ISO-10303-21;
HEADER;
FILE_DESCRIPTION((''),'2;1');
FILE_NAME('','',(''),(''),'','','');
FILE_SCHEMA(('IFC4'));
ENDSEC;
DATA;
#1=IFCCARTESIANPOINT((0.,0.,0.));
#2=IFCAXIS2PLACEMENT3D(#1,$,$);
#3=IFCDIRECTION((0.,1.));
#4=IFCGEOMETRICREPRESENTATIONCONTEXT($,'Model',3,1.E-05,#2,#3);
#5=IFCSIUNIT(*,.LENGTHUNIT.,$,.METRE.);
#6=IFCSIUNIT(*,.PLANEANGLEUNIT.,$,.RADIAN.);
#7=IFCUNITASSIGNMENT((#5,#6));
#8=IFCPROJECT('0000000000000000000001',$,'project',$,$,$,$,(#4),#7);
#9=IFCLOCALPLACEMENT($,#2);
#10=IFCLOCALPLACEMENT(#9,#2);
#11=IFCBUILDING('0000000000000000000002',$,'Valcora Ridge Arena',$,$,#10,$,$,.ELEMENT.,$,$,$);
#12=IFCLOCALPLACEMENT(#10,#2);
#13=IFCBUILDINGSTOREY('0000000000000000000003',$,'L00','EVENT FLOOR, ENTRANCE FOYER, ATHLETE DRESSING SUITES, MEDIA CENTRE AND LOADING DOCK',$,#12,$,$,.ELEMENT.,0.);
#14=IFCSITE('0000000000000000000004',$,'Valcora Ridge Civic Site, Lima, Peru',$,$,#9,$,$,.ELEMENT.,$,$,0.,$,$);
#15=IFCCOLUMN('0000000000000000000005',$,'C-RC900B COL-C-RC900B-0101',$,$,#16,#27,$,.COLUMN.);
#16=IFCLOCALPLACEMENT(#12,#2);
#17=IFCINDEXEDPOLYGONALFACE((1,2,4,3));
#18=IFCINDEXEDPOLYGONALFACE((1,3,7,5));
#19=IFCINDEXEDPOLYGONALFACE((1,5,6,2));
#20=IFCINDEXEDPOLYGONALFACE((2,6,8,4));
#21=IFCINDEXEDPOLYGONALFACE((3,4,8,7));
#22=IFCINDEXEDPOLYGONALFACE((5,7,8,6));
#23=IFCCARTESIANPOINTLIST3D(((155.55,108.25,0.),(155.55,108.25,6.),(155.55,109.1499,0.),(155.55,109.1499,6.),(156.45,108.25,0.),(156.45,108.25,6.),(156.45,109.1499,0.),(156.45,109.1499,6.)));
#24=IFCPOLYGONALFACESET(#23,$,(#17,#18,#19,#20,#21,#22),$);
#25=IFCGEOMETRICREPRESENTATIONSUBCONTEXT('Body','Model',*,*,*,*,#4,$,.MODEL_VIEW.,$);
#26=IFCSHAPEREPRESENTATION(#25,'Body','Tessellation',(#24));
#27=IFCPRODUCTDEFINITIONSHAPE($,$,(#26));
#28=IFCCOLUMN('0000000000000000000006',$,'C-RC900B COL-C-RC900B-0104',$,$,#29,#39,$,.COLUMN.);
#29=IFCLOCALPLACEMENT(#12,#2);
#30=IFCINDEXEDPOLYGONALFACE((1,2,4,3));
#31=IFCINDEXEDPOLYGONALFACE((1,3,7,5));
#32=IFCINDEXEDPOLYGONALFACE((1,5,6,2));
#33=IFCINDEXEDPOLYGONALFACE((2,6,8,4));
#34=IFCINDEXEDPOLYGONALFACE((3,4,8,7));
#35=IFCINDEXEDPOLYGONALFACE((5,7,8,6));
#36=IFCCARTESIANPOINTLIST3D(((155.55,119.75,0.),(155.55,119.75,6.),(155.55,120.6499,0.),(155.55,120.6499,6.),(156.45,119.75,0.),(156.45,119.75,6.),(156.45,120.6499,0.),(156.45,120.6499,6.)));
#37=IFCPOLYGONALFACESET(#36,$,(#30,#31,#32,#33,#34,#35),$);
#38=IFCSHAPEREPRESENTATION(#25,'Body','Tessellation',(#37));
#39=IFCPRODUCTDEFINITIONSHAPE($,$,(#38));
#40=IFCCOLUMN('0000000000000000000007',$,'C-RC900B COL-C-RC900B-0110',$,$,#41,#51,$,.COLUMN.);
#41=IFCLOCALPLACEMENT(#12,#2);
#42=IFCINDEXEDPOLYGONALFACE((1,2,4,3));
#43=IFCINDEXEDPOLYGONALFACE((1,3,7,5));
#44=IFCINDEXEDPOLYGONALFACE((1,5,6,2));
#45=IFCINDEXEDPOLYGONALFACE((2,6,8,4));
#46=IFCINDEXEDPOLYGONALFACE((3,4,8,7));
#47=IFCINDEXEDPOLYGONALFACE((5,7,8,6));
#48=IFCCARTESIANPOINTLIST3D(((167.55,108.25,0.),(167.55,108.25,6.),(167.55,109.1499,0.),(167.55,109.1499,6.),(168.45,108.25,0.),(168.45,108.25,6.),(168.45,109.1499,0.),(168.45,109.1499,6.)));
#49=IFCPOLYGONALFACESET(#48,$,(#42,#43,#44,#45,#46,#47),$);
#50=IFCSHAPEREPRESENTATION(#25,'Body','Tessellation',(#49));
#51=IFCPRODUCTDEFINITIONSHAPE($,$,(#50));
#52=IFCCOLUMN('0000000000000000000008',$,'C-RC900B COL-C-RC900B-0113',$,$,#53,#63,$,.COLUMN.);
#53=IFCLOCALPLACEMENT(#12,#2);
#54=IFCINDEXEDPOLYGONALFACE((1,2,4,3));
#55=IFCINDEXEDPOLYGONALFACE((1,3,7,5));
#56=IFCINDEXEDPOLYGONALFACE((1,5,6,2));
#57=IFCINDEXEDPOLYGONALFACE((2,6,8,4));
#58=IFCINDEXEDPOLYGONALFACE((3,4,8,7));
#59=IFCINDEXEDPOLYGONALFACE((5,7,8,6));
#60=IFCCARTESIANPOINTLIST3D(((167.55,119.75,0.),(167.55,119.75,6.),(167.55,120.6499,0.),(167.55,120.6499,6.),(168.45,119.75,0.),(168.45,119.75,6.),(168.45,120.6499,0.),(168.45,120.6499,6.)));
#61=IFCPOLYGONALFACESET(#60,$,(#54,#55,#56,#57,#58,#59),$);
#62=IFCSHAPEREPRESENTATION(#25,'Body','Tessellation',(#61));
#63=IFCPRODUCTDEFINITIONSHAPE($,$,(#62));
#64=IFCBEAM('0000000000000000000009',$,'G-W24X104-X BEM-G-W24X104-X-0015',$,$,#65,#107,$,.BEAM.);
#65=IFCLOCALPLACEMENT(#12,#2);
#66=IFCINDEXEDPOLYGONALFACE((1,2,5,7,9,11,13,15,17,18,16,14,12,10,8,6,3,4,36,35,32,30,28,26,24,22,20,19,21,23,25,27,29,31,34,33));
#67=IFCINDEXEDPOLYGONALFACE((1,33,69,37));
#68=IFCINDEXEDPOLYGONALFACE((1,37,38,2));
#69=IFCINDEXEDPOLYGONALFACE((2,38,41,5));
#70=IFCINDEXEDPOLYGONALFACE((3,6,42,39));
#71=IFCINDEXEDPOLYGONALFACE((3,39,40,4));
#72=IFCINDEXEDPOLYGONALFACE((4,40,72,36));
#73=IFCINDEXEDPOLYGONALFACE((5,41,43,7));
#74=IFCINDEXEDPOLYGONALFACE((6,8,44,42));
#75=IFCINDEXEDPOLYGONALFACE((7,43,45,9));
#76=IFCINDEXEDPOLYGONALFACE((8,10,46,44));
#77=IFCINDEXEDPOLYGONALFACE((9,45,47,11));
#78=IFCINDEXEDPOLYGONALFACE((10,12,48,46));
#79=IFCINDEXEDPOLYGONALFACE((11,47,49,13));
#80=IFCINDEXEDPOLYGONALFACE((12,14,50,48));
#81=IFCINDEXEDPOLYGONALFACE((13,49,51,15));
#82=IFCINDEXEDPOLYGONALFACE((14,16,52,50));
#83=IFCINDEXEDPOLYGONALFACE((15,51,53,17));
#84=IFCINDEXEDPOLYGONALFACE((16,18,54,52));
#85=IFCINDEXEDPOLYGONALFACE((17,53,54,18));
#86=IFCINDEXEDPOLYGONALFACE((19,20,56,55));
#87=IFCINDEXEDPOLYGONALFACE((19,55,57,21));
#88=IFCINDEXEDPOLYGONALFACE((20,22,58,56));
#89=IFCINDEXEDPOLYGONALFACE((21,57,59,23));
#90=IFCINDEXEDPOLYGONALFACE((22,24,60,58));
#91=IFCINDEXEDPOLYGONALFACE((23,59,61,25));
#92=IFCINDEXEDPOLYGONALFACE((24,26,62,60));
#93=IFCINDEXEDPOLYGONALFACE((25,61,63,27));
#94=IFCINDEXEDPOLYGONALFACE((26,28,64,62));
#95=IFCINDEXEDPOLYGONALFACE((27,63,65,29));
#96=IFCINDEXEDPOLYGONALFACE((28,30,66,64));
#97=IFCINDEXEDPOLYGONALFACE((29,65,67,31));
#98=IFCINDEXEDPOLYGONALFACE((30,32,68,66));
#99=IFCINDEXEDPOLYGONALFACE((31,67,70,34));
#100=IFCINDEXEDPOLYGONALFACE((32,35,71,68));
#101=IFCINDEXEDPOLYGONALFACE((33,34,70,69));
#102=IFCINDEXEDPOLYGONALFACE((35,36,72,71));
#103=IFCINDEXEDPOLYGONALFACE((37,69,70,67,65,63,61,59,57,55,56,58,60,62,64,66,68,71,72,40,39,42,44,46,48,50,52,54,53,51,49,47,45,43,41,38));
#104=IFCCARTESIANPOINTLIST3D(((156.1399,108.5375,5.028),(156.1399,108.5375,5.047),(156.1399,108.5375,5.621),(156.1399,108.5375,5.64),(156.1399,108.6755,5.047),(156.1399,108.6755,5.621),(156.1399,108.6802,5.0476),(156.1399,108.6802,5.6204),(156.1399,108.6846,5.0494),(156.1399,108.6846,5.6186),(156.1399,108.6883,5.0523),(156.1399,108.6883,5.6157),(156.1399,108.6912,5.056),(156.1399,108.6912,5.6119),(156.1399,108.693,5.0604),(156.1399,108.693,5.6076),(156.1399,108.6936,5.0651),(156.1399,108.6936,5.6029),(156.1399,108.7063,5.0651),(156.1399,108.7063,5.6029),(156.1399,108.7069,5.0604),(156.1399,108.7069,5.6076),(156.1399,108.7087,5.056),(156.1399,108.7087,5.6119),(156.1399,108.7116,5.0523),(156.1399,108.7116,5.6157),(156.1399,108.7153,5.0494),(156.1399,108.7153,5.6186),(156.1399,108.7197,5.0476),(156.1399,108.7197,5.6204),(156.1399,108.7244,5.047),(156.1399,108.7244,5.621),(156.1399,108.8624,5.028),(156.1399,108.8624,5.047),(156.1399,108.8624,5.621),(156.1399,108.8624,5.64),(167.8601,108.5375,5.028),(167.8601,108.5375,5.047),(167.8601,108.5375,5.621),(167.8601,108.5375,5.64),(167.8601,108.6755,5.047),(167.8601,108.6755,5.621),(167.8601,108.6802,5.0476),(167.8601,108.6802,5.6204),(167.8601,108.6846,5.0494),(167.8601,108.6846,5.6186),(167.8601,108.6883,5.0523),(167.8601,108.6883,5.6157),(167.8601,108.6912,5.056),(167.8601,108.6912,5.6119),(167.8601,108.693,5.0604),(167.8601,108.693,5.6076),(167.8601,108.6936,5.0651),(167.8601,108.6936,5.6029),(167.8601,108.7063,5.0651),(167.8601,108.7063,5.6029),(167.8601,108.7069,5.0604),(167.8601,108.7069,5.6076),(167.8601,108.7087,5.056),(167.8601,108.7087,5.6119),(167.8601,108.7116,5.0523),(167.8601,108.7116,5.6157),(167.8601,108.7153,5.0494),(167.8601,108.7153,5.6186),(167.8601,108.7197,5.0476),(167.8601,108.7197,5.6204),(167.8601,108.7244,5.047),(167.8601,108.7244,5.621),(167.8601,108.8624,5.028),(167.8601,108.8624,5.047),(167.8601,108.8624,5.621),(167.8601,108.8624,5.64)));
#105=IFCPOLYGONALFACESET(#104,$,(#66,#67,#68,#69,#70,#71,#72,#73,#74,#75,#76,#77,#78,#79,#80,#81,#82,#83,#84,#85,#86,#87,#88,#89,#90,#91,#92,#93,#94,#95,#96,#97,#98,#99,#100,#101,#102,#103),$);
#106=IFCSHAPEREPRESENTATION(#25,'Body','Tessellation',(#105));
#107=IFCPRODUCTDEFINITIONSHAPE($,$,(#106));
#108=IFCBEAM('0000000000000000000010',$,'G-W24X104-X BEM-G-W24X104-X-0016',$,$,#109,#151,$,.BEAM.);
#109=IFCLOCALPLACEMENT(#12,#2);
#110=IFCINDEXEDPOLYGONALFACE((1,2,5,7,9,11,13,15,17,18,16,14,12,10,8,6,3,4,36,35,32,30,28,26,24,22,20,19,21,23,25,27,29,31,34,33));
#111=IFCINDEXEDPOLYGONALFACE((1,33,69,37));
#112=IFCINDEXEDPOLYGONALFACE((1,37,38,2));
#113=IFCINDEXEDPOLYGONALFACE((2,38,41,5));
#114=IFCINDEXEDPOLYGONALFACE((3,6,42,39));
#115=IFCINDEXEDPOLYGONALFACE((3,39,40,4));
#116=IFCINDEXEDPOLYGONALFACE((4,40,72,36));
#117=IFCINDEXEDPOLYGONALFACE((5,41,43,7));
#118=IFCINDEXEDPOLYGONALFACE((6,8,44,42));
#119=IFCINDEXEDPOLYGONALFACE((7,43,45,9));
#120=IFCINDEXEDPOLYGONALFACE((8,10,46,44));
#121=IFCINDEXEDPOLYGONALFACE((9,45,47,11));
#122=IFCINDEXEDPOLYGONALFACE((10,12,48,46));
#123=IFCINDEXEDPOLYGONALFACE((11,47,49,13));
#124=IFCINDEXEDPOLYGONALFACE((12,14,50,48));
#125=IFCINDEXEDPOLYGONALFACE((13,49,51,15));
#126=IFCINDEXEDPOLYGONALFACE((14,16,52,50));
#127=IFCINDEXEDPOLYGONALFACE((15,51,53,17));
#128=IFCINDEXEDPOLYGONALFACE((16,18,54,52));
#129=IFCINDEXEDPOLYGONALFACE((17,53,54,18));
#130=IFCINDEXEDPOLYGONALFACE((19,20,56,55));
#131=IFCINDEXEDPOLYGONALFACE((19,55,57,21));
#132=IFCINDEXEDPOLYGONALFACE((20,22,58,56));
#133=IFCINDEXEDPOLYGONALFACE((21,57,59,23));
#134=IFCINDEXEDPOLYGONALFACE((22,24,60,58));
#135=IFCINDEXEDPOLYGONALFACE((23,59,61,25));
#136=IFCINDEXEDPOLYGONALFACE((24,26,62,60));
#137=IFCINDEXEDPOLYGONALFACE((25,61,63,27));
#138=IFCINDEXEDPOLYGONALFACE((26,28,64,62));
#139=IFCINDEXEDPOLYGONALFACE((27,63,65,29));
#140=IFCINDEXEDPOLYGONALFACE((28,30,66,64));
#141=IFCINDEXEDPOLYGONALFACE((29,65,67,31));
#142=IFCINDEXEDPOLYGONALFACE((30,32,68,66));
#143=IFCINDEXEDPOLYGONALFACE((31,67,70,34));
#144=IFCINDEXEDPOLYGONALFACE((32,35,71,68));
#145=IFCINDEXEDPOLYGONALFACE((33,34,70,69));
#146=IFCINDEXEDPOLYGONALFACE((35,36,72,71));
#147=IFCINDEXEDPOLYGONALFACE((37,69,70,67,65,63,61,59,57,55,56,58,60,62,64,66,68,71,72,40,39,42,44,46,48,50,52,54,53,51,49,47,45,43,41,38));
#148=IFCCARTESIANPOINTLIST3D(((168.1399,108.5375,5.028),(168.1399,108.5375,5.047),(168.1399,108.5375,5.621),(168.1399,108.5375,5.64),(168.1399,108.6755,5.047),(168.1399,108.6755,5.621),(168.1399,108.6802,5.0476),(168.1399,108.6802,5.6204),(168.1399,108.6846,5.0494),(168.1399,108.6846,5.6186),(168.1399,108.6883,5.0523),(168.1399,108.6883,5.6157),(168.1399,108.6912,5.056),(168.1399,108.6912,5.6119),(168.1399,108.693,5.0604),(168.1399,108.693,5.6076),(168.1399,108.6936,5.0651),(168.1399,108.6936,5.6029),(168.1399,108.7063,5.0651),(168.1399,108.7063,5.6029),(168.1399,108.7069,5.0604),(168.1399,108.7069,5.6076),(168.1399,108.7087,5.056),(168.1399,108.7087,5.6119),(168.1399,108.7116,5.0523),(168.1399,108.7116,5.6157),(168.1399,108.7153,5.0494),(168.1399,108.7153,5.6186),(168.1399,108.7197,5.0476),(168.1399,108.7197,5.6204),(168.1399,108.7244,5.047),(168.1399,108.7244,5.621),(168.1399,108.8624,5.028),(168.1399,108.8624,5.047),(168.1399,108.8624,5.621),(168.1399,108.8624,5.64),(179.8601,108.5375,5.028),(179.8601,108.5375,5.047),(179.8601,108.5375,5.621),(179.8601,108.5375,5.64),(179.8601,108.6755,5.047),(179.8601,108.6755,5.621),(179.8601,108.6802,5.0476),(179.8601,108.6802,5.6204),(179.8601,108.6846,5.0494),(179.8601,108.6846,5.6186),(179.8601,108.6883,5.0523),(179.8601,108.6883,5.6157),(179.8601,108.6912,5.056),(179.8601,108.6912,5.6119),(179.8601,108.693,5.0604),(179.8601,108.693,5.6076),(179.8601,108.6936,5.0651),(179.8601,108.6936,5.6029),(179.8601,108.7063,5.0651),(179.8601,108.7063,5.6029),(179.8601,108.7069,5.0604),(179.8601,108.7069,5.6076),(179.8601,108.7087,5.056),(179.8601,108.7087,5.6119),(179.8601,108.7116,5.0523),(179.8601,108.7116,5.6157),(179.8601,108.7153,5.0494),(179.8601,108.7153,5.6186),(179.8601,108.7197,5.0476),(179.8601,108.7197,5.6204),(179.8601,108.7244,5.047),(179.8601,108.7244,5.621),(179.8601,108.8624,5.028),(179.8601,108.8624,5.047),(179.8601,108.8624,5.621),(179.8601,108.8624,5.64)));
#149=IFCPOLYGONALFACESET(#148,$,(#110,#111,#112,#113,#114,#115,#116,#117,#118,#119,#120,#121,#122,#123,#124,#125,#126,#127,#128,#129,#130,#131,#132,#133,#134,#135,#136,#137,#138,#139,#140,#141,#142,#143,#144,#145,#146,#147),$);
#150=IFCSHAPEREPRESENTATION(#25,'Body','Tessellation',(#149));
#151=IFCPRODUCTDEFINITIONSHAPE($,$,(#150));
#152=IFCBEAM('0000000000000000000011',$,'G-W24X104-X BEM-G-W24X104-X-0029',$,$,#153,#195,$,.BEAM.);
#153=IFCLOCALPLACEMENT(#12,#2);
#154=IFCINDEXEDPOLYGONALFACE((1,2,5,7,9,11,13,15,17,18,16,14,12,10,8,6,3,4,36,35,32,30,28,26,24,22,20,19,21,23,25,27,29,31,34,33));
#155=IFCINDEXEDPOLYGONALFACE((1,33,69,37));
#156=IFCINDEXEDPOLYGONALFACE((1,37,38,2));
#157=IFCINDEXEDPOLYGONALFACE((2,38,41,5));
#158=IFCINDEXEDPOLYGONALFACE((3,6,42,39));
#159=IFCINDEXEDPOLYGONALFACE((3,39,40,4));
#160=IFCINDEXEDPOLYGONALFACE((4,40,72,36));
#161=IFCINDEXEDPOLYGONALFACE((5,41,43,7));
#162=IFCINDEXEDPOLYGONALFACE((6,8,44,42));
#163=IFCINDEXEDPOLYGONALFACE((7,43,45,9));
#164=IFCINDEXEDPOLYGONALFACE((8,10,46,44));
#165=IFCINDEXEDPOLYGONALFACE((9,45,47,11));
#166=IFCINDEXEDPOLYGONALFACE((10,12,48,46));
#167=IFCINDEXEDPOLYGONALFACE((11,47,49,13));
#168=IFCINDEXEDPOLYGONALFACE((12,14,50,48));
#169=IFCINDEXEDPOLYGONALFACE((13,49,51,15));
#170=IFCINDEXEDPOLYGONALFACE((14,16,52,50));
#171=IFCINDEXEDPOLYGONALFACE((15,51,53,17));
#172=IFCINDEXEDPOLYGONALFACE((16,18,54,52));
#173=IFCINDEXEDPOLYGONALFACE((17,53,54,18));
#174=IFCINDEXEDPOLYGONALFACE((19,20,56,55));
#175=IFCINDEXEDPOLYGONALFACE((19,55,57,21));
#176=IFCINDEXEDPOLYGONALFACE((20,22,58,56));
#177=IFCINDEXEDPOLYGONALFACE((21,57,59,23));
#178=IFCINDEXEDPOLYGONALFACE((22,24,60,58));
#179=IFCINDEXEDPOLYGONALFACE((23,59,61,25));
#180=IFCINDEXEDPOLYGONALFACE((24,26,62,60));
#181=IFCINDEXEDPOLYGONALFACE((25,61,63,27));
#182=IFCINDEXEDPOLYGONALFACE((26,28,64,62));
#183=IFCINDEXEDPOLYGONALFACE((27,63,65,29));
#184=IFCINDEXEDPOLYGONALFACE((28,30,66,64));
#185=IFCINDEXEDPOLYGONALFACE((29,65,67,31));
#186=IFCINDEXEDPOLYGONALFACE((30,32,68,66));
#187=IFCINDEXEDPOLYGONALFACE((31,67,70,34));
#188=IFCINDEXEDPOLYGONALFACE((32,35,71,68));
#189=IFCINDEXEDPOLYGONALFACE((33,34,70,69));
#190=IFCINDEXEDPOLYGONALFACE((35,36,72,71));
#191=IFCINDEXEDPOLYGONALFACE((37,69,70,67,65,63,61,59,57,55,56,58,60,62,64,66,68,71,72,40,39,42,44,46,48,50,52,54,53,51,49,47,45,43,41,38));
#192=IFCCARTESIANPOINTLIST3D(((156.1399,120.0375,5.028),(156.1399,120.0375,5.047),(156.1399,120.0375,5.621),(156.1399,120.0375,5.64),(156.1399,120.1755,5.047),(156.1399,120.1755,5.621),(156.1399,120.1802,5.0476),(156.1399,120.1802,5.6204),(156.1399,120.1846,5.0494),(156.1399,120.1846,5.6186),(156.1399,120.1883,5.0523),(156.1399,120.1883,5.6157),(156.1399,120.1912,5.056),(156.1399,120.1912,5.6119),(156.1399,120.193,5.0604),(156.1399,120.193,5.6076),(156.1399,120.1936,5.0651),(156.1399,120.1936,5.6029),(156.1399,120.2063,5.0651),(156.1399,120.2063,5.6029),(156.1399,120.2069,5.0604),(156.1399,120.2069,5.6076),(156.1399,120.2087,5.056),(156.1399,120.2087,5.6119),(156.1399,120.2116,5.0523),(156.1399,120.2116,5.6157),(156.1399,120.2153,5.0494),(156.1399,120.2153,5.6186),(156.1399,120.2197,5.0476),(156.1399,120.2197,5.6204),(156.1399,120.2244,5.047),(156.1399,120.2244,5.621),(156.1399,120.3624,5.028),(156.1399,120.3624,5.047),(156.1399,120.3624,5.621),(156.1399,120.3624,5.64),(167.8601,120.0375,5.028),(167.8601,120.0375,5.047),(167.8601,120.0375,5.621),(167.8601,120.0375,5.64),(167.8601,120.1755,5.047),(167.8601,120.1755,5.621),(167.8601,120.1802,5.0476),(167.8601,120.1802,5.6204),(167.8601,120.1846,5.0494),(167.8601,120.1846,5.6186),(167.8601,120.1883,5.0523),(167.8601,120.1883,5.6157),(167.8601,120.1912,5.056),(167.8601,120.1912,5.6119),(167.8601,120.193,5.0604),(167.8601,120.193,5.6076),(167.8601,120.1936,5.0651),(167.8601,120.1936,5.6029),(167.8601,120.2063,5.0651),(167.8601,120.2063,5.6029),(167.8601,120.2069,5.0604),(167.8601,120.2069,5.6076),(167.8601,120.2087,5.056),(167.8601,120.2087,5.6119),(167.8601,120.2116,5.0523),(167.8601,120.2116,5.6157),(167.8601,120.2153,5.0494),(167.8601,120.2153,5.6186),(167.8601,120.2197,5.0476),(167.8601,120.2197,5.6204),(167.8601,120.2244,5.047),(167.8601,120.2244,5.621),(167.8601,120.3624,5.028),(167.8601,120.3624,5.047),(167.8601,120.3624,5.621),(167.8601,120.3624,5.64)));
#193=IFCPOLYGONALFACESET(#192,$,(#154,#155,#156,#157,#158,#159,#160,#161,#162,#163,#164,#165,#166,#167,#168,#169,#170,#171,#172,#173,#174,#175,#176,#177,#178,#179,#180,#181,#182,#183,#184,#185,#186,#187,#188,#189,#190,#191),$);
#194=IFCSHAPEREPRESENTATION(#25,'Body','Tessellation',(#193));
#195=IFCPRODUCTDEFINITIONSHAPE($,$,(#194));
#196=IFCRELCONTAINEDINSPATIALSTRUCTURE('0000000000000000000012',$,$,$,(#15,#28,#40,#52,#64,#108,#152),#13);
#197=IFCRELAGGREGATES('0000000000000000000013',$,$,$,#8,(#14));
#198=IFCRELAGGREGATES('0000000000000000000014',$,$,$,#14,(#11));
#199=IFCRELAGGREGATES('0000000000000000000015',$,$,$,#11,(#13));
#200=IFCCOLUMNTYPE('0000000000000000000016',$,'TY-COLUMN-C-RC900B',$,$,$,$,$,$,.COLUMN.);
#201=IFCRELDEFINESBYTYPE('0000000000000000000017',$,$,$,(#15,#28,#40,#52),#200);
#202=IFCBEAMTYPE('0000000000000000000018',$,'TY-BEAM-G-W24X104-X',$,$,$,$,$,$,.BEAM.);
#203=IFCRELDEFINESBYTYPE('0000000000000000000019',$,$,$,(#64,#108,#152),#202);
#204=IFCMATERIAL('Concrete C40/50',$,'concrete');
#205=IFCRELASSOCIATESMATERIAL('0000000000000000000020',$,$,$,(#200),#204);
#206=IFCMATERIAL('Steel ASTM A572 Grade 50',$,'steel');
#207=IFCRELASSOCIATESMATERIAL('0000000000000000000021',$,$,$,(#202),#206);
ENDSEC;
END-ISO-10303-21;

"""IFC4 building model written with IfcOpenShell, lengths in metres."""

from ifc_helpers import new_model, si_unit, direction, frame, origin, origin_2d, place, context, subcontext, project, spatial, rectangle, i_section, extrude, material, material_profile, profile_set, type_object, element, save


model = new_model("IFC4")

# Units and contexts
model_context = context("Model", 3, precision=1e-05, world=origin(), true_north=direction((0.0, 1.0)))
body_context = subcontext(model_context, "Body", "Model", "MODEL_VIEW")
ifc_project = project(units=[si_unit("LENGTHUNIT", "METRE"), si_unit("PLANEANGLEUNIT", "RADIAN")], contexts=[model_context])

# Site, building, storey
site_placement = place(None, origin())
site = spatial("IfcSite", under=ifc_project, at=site_placement, Name="Valcora Ridge Civic Site, Lima, Peru", CompositionType="ELEMENT", RefElevation=0.0)
building_placement = place(site_placement, origin())
building = spatial("IfcBuilding", under=site, at=building_placement, Name="Valcora Ridge Arena", CompositionType="ELEMENT")
storey_placement = place(building_placement, origin())
storey = spatial("IfcBuildingStorey", under=building, at=storey_placement, Name="L00", Description="EVENT FLOOR, ENTRANCE FOYER, ATHLETE DRESSING SUITES, MEDIA CENTRE AND LOADING DOCK", CompositionType="ELEMENT", Elevation=0.0)

# Columns
ifc_material_1 = material(Name="Concrete C40/50", Category="concrete")
ifc_material_profile_1 = material_profile(ifc_material_1, rectangle(XDim=0.8999, YDim=0.8999, at=origin_2d()), Name="RC 900x900")
ifc_profile_set_1 = profile_set([ifc_material_profile_1], Name="Concrete C40/50")
column_type = type_object("IfcColumnType", Name="TY-COLUMN-C-RC900B", PredefinedType="COLUMN", material=ifc_profile_set_1)
for number, where, z_axis, x_axis, name in (
    (1, (156.0, 108.7, 0.0), (0.0, 0.0, 1.0), (1.0, 0.0, 0.0), "C-RC900B COL-C-RC900B-0101"),
    (2, (156.0, 120.2, 0.0), (0.0, 0.0, 1.0), (1.0, 0.0, 0.0), "C-RC900B COL-C-RC900B-0104"),
    (3, (168.0, 108.7, 0.0), (0.0, 0.0, 1.0), (1.0, 0.0, 0.0), "C-RC900B COL-C-RC900B-0110"),
    (4, (168.0, 120.2, 0.0), (0.0, 0.0, 1.0), (1.0, 0.0, 0.0), "C-RC900B COL-C-RC900B-0113"),
):
    element("IfcColumn", number, at=place(storey_placement, frame(where, z_axis=z_axis, x_axis=x_axis)), inside=storey, type_object=column_type, Name=name, PredefinedType="COLUMN", context=body_context, shape_type="SweptSolid", body=[
        extrude(rectangle(XDim=0.8999, YDim=0.8999, at=origin_2d()), origin(), (0.0, 0.0, 1.0), 6.0),
    ])

# Beams
ifc_material_2 = material(Name="Steel ASTM A572 Grade 50", Category="steel")
ifc_material_profile_2 = material_profile(ifc_material_2, i_section(OverallWidth=0.325, OverallDepth=0.6121, WebThickness=0.0127, FlangeThickness=0.019, FilletRadius=0.0181, at=origin_2d()), Name="W24X104")
ifc_profile_set_2 = profile_set([ifc_material_profile_2], Name="Steel ASTM A572 Grade 50")
beam_type_1 = type_object("IfcBeamType", Name="TY-BEAM-G-W24X104-X", PredefinedType="BEAM", material=ifc_profile_set_2)
for number, where, z_axis, x_axis, name in (
    (5, (156.1399, 108.7, 5.334), (1.0, 0.0, 0.0), (0.0, 1.0, 0.0), "G-W24X104-X BEM-G-W24X104-X-0015"),
    (6, (168.1399, 108.7, 5.334), (1.0, 0.0, 0.0), (0.0, 1.0, 0.0), "G-W24X104-X BEM-G-W24X104-X-0016"),
    (7, (156.1399, 120.2, 5.334), (1.0, 0.0, 0.0), (0.0, 1.0, 0.0), "G-W24X104-X BEM-G-W24X104-X-0029"),
):
    element("IfcBeam", number, at=place(storey_placement, frame(where, z_axis=z_axis, x_axis=x_axis)), inside=storey, type_object=beam_type_1, Name=name, PredefinedType="BEAM", context=body_context, shape_type="SweptSolid", body=[
        extrude(i_section(OverallWidth=0.325, OverallDepth=0.6121, WebThickness=0.0127, FlangeThickness=0.019, FilletRadius=0.0181, at=origin_2d()), origin(), (0.0, 0.0, 1.0), 11.7202),
    ])

save(model, "model.ifc")
